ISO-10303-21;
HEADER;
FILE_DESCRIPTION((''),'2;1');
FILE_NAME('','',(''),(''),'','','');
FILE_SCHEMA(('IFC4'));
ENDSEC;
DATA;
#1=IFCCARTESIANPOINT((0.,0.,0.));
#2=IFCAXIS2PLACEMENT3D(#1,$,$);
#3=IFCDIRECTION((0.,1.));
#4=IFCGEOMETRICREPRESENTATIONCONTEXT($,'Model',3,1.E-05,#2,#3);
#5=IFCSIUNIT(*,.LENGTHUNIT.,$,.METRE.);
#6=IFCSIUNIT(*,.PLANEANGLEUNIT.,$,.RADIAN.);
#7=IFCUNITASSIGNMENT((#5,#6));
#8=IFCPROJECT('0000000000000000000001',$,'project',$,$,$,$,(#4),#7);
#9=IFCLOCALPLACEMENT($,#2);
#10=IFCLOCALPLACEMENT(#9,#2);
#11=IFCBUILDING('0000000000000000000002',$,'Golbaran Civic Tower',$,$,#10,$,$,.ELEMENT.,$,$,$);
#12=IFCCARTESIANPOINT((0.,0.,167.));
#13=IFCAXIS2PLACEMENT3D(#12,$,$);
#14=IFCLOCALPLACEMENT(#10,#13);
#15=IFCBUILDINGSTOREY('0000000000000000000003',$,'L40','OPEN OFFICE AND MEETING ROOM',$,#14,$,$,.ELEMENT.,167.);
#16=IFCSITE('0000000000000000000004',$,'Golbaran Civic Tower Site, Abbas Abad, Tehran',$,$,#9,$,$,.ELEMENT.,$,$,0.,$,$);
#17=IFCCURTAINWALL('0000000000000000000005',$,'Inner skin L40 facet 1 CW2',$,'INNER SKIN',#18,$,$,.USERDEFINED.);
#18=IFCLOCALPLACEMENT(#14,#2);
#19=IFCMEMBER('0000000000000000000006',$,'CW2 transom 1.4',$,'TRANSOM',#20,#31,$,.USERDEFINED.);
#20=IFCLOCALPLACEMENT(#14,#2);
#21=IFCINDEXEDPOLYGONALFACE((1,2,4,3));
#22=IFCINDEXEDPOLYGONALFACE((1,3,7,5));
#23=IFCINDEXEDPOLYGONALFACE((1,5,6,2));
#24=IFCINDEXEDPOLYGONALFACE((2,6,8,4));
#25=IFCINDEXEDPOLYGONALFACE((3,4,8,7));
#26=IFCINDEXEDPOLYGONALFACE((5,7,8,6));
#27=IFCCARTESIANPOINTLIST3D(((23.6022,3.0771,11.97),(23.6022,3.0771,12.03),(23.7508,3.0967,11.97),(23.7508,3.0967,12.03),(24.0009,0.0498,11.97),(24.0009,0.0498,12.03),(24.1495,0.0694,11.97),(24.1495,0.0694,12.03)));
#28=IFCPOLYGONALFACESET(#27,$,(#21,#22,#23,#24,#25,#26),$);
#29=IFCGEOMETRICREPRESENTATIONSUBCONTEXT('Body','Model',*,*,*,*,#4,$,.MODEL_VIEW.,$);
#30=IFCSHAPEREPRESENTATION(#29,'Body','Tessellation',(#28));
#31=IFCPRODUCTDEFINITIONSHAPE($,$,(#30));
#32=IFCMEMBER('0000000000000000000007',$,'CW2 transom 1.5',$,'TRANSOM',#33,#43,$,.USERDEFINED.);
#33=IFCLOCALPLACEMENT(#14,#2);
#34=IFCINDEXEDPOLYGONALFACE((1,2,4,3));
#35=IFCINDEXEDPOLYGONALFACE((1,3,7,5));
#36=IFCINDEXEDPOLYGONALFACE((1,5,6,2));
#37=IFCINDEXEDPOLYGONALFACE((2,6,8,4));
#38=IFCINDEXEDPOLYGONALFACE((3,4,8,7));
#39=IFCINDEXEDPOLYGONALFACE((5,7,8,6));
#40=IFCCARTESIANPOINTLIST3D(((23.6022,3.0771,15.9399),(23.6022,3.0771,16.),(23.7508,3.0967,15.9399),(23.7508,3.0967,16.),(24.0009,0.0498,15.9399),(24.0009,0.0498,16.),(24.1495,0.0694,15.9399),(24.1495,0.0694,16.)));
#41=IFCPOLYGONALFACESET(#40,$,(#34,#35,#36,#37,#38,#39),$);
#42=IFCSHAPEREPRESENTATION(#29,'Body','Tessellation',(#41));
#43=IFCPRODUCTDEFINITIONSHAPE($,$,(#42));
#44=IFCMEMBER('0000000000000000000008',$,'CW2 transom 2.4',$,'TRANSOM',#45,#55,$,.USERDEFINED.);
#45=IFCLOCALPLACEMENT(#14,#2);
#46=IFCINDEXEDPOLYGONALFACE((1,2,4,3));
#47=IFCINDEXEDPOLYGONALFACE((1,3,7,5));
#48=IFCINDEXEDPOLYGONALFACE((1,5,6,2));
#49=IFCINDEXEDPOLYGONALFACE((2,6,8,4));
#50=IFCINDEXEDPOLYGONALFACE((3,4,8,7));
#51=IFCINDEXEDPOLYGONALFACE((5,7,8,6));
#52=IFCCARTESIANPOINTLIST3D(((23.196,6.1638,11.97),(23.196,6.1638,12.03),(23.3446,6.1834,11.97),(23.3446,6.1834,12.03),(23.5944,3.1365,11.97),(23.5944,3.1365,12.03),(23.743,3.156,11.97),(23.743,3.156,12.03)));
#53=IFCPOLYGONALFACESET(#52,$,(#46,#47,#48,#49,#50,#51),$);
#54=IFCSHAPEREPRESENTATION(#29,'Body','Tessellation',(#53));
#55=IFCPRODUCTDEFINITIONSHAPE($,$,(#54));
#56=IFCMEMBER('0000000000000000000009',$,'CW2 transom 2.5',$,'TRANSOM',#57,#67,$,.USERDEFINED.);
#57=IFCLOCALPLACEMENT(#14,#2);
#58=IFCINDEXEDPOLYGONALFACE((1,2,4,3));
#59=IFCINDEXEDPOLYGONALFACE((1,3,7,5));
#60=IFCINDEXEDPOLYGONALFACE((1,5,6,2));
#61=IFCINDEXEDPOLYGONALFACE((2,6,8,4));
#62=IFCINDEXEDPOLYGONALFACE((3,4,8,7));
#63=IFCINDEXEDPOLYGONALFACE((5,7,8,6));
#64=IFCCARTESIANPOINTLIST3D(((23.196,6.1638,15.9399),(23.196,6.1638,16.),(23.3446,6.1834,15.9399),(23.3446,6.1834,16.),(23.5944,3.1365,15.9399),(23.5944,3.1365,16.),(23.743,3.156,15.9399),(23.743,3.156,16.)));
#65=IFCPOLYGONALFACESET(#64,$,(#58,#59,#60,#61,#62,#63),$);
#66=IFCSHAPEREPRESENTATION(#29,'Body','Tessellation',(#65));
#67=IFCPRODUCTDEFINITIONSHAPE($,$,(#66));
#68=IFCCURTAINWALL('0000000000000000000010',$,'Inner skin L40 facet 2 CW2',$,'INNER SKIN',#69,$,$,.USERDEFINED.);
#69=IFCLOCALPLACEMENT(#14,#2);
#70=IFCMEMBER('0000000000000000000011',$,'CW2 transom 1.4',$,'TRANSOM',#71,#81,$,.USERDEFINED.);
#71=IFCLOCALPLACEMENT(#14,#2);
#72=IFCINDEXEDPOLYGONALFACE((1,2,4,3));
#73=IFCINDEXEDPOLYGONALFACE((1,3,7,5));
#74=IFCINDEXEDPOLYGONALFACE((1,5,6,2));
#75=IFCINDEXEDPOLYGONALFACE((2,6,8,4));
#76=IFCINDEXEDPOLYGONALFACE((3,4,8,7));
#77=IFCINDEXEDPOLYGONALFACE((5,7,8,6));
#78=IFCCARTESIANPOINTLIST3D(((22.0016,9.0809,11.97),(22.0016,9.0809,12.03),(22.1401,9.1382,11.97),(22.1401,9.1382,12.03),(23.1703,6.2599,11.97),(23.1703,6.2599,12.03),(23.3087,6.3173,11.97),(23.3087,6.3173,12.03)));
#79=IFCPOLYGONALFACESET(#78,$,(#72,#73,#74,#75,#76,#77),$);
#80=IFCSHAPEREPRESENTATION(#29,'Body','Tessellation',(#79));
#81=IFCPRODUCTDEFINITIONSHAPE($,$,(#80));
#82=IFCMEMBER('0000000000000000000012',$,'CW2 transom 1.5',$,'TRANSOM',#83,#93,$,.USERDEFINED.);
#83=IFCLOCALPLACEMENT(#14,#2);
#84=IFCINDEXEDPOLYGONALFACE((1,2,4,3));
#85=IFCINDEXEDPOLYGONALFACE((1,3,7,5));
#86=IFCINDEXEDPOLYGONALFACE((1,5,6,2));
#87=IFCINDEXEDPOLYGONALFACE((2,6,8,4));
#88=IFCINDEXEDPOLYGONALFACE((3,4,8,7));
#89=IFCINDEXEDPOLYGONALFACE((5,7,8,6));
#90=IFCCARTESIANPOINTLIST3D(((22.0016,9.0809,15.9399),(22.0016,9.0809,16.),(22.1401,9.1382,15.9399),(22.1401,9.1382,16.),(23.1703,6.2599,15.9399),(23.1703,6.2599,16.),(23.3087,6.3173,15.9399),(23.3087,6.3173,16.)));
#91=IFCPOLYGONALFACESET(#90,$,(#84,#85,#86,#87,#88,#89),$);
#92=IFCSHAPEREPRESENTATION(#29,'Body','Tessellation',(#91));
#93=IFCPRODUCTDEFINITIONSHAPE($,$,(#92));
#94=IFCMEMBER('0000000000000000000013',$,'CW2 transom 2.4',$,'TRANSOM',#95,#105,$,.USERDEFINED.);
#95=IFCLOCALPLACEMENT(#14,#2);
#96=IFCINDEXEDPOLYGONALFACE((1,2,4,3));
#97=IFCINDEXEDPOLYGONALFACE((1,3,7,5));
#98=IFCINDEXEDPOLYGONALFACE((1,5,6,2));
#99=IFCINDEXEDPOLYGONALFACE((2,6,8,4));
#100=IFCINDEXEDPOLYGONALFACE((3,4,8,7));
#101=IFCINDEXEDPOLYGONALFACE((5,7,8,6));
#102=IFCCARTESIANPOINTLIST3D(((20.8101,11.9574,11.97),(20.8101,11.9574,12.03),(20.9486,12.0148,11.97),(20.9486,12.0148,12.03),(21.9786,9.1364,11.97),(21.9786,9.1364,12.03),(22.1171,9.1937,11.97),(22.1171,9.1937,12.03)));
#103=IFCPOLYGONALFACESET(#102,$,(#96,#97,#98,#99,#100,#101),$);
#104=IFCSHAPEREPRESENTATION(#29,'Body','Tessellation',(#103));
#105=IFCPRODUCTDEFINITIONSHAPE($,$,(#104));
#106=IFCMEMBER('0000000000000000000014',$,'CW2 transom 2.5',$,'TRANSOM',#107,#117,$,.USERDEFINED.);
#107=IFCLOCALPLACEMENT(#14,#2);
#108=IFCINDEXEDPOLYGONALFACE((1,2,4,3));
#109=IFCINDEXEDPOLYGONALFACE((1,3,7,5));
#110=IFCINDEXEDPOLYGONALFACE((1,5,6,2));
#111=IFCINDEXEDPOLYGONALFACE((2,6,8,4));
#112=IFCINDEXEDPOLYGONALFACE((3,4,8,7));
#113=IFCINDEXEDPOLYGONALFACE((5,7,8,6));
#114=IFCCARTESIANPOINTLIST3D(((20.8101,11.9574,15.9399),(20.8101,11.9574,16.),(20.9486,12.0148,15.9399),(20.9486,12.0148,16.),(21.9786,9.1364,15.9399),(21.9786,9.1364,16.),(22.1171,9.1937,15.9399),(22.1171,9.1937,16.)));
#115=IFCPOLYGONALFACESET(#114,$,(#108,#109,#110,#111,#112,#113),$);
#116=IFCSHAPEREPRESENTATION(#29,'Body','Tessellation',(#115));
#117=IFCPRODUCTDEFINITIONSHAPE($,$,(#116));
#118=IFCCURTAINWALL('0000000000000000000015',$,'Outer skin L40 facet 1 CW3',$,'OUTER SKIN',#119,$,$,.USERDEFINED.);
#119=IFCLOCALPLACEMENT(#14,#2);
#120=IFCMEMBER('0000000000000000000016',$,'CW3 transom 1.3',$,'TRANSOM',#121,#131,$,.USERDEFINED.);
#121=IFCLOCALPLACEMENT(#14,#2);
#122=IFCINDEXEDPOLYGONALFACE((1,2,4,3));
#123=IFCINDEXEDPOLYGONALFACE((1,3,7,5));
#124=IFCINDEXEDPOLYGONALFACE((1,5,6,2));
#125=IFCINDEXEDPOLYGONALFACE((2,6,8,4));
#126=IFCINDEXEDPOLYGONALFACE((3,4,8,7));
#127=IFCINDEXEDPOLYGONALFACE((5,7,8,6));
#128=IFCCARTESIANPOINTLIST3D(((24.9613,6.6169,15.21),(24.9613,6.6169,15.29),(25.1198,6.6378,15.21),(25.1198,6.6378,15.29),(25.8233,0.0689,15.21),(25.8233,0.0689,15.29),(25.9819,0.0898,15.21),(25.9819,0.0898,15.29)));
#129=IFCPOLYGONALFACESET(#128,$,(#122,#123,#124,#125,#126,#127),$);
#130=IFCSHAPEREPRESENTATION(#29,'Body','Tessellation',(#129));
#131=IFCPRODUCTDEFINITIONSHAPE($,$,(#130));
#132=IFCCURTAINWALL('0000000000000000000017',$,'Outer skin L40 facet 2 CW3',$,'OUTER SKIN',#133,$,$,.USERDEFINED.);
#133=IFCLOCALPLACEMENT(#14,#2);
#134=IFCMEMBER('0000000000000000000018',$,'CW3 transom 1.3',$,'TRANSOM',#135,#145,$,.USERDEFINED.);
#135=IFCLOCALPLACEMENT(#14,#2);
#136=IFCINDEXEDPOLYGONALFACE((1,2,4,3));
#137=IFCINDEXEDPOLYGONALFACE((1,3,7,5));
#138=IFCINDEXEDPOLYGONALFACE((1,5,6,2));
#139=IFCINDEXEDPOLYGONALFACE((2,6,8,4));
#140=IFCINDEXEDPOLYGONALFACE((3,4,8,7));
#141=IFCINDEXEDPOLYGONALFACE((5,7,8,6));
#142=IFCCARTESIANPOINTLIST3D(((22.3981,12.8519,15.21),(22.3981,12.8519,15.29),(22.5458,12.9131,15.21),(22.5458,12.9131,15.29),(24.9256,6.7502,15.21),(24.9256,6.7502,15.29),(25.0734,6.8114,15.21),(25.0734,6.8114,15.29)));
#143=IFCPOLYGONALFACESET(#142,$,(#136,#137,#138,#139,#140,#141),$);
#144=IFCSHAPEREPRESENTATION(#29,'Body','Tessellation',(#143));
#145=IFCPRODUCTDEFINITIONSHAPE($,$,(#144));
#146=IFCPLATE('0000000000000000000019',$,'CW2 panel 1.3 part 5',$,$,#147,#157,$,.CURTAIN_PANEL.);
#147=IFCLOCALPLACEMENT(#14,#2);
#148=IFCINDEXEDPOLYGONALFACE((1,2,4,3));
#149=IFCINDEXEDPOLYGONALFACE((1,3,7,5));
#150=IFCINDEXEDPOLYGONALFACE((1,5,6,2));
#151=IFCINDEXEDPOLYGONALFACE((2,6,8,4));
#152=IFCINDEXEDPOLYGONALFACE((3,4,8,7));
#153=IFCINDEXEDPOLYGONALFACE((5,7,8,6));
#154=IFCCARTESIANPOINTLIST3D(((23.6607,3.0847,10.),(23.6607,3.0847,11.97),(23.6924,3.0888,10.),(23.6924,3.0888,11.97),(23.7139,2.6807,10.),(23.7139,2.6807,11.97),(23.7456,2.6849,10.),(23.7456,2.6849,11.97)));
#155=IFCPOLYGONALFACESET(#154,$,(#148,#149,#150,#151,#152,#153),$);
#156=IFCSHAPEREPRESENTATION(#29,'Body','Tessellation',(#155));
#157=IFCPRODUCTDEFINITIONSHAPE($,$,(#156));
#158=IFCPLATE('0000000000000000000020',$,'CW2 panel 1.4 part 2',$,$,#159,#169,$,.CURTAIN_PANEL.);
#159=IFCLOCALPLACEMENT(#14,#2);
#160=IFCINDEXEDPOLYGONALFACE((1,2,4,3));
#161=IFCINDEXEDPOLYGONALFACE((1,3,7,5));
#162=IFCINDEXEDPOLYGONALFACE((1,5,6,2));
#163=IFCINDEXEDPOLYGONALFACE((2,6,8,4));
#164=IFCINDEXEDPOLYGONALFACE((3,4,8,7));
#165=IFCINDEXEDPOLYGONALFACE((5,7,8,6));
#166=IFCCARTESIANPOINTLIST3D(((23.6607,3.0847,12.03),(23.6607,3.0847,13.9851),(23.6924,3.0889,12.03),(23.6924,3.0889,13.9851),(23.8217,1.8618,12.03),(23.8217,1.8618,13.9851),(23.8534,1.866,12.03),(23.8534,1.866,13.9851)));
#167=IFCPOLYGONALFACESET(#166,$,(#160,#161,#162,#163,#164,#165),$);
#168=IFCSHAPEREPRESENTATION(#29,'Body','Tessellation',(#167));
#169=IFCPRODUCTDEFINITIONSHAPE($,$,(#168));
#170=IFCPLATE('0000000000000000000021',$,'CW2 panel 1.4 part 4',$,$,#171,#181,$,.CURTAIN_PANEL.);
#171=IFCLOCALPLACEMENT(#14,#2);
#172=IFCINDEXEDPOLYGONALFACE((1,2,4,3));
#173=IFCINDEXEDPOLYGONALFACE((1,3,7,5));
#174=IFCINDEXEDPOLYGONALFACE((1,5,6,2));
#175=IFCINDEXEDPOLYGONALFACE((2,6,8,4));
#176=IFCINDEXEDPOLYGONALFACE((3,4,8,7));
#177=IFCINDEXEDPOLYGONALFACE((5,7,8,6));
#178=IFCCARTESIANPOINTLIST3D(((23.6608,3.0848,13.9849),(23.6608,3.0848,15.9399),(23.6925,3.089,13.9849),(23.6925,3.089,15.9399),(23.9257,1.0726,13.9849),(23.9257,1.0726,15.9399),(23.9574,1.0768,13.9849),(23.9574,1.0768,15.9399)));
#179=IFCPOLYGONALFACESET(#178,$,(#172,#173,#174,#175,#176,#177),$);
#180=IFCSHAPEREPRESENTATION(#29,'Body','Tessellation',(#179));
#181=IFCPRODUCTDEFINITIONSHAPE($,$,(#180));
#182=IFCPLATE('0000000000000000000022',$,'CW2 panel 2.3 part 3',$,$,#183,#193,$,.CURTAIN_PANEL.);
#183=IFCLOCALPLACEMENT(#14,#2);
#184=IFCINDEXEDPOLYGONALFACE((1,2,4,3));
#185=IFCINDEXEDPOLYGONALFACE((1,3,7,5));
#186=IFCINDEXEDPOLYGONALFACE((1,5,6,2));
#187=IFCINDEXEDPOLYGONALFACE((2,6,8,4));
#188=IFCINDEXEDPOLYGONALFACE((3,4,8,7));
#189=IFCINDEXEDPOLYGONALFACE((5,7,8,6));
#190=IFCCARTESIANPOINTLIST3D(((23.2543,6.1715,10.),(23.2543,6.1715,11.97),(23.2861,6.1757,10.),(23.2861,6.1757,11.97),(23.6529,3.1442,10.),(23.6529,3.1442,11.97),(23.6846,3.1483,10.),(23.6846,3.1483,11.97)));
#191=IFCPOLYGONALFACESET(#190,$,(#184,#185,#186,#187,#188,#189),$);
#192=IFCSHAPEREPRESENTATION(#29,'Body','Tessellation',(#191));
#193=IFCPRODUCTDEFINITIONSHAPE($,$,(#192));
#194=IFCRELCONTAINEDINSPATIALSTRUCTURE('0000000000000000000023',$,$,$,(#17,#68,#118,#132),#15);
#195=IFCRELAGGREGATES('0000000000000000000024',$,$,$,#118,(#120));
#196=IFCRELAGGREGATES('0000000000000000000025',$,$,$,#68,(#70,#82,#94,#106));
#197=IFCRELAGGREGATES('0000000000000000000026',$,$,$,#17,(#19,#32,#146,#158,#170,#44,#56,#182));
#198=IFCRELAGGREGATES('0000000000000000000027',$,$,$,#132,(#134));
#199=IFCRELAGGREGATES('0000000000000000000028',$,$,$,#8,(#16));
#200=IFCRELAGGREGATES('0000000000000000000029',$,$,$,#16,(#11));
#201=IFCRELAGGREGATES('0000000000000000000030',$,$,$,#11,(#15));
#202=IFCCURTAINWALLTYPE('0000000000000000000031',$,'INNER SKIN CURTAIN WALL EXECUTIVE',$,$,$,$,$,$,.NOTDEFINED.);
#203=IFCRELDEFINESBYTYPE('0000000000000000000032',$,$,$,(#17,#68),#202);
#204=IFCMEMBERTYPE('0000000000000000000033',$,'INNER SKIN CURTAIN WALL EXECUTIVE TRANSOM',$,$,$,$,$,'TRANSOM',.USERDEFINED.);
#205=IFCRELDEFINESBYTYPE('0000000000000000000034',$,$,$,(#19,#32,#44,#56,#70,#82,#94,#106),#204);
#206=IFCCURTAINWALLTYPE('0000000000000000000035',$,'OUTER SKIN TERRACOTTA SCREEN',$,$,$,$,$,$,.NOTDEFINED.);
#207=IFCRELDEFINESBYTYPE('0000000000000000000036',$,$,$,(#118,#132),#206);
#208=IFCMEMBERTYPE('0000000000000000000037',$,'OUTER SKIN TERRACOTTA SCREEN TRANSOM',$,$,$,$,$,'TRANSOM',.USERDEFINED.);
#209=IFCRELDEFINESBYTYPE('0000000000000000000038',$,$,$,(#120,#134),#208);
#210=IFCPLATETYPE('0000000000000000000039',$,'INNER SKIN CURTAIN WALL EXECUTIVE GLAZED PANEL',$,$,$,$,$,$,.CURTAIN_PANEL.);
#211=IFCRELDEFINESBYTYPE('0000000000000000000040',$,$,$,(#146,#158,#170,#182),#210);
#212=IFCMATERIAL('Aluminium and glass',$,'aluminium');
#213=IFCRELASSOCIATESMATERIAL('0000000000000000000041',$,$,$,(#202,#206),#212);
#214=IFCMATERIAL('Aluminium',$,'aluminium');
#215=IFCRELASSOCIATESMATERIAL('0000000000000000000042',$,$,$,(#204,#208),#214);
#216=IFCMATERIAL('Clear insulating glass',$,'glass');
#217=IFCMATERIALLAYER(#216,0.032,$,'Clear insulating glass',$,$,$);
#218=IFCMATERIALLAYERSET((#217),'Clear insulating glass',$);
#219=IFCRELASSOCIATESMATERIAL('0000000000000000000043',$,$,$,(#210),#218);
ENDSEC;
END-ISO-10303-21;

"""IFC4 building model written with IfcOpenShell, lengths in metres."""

from ifc_helpers import new_model, si_unit, direction, frame, origin, origin_2d, place, context, subcontext, project, spatial, rectangle, extrude, material, layer, layer_set, material_profile, profile_set, type_object, element, aggregate, save


model = new_model("IFC4")

# Units and contexts
model_context = context("Model", 3, precision=1e-05, world=origin(), true_north=direction((0.0, 1.0)))
body_context = subcontext(model_context, "Body", "Model", "MODEL_VIEW")
ifc_project = project(units=[si_unit("LENGTHUNIT", "METRE"), si_unit("PLANEANGLEUNIT", "RADIAN")], contexts=[model_context])

# Site, building, storey
site_placement = place(None, origin())
site = spatial("IfcSite", under=ifc_project, at=site_placement, Name="Golbaran Civic Tower Site, Abbas Abad, Tehran", CompositionType="ELEMENT", RefElevation=0.0)
building_placement = place(site_placement, origin())
building = spatial("IfcBuilding", under=site, at=building_placement, Name="Golbaran Civic Tower", CompositionType="ELEMENT")
storey_placement = place(building_placement, frame((0.0, 0.0, 167.0)))
storey = spatial("IfcBuildingStorey", under=building, at=storey_placement, Name="L40", Description="OPEN OFFICE AND MEETING ROOM", CompositionType="ELEMENT", Elevation=167.0)

# Curtain walls, members
ifc_material_1 = material(Name="Aluminium and glass", Category="aluminium")
curtain_wall_type_1 = type_object("IfcCurtainWallType", Name="INNER SKIN CURTAIN WALL EXECUTIVE", PredefinedType="NOTDEFINED", material=ifc_material_1)
curtain_wall_1_placement = place(storey_placement, origin())
curtain_wall_1 = element("IfcCurtainWall", 1, at=curtain_wall_1_placement, inside=storey, type_object=curtain_wall_type_1, Name="Inner skin L40 facet 1 CW2", ObjectType="INNER SKIN", PredefinedType="USERDEFINED")
ifc_material_2 = material(Name="Aluminium", Category="aluminium")
ifc_material_profile_1 = material_profile(ifc_material_2, rectangle(XDim=0.1499, YDim=0.0601, at=origin_2d()), Name="INNER SKIN CURTAIN WALL EXECUTIVE TRANSOM")
ifc_profile_set_1 = profile_set([ifc_material_profile_1], Name="Aluminium")
member_type_1 = type_object("IfcMemberType", Name="INNER SKIN CURTAIN WALL EXECUTIVE TRANSOM", ElementType="TRANSOM", PredefinedType="USERDEFINED", material=ifc_profile_set_1)
member_1_placement = place(storey_placement, frame((24.0752, 0.0596, 12.0), z_axis=(-0.130566, 0.99144, 0.0), x_axis=(-0.99144, -0.130566, 0.0)))
member_1 = element("IfcMember", 2, at=member_1_placement, type_object=member_type_1, Name="CW2 transom 1.4", ObjectType="TRANSOM", PredefinedType="USERDEFINED", context=body_context, shape_type="SweptSolid", body=[
    extrude(rectangle(XDim=0.1499, YDim=0.0601, at=origin_2d()), origin(), (0.0, 0.0, 1.0), 3.0535),
])
member_2_placement = place(storey_placement, frame((24.0752, 0.0596, 15.97), z_axis=(-0.130566, 0.99144, 0.0), x_axis=(-0.99144, -0.130566, 0.0)))
member_2 = element("IfcMember", 3, at=member_2_placement, type_object=member_type_1, Name="CW2 transom 1.5", ObjectType="TRANSOM", PredefinedType="USERDEFINED", context=body_context, shape_type="SweptSolid", body=[
    extrude(rectangle(XDim=0.1499, YDim=0.0601, at=origin_2d()), origin(), (0.0, 0.0, 1.0), 3.0535),
])
member_3_placement = place(storey_placement, frame((23.6687, 3.1462, 12.0), z_axis=(-0.130488, 0.99145, 0.0), x_axis=(-0.99145, -0.130488, 0.0)))
member_3 = element("IfcMember", 4, at=member_3_placement, type_object=member_type_1, Name="CW2 transom 2.4", ObjectType="TRANSOM", PredefinedType="USERDEFINED", context=body_context, shape_type="SweptSolid", body=[
    extrude(rectangle(XDim=0.1499, YDim=0.0601, at=origin_2d()), origin(), (0.0, 0.0, 1.0), 3.0535),
])
member_4_placement = place(storey_placement, frame((23.6687, 3.1462, 15.97), z_axis=(-0.130488, 0.99145, 0.0), x_axis=(-0.99145, -0.130488, 0.0)))
member_4 = element("IfcMember", 5, at=member_4_placement, type_object=member_type_1, Name="CW2 transom 2.5", ObjectType="TRANSOM", PredefinedType="USERDEFINED", context=body_context, shape_type="SweptSolid", body=[
    extrude(rectangle(XDim=0.1499, YDim=0.0601, at=origin_2d()), origin(), (0.0, 0.0, 1.0), 3.0535),
])
curtain_wall_2_placement = place(storey_placement, origin())
curtain_wall_2 = element("IfcCurtainWall", 6, at=curtain_wall_2_placement, inside=storey, type_object=curtain_wall_type_1, Name="Inner skin L40 facet 2 CW2", ObjectType="INNER SKIN", PredefinedType="USERDEFINED")
member_5_placement = place(storey_placement, frame((23.2395, 6.2886, 12.0), z_axis=(-0.382735, 0.923858, 0.0), x_axis=(-0.923858, -0.382735, 0.0)))
member_5 = element("IfcMember", 7, at=member_5_placement, type_object=member_type_1, Name="CW2 transom 1.4", ObjectType="TRANSOM", PredefinedType="USERDEFINED", context=body_context, shape_type="SweptSolid", body=[
    extrude(rectangle(XDim=0.1499, YDim=0.0601, at=origin_2d()), origin(), (0.0, 0.0, 1.0), 3.0535),
])
member_6_placement = place(storey_placement, frame((23.2395, 6.2886, 15.97), z_axis=(-0.382735, 0.923858, 0.0), x_axis=(-0.923858, -0.382735, 0.0)))
member_6 = element("IfcMember", 8, at=member_6_placement, type_object=member_type_1, Name="CW2 transom 1.5", ObjectType="TRANSOM", PredefinedType="USERDEFINED", context=body_context, shape_type="SweptSolid", body=[
    extrude(rectangle(XDim=0.1499, YDim=0.0601, at=origin_2d()), origin(), (0.0, 0.0, 1.0), 3.0535),
])
member_7_placement = place(storey_placement, frame((22.0479, 9.165, 12.0), z_axis=(-0.382667, 0.923886, 0.0), x_axis=(-0.923886, -0.382667, 0.0)))
member_7 = element("IfcMember", 9, at=member_7_placement, type_object=member_type_1, Name="CW2 transom 2.4", ObjectType="TRANSOM", PredefinedType="USERDEFINED", context=body_context, shape_type="SweptSolid", body=[
    extrude(rectangle(XDim=0.1499, YDim=0.0601, at=origin_2d()), origin(), (0.0, 0.0, 1.0), 3.0535),
])
member_8_placement = place(storey_placement, frame((22.0479, 9.165, 15.97), z_axis=(-0.382667, 0.923886, 0.0), x_axis=(-0.923886, -0.382667, 0.0)))
member_8 = element("IfcMember", 10, at=member_8_placement, type_object=member_type_1, Name="CW2 transom 2.5", ObjectType="TRANSOM", PredefinedType="USERDEFINED", context=body_context, shape_type="SweptSolid", body=[
    extrude(rectangle(XDim=0.1499, YDim=0.0601, at=origin_2d()), origin(), (0.0, 0.0, 1.0), 3.0535),
])

# Curtain walls, members
curtain_wall_type_2 = type_object("IfcCurtainWallType", Name="OUTER SKIN TERRACOTTA SCREEN", PredefinedType="NOTDEFINED", material=ifc_material_1)
curtain_wall_3_placement = place(storey_placement, origin())
curtain_wall_3 = element("IfcCurtainWall", 11, at=curtain_wall_3_placement, inside=storey, type_object=curtain_wall_type_2, Name="Outer skin L40 facet 1 CW3", ObjectType="OUTER SKIN", PredefinedType="USERDEFINED")
ifc_material_profile_2 = material_profile(ifc_material_2, rectangle(XDim=0.1599, YDim=0.0801, at=origin_2d()), Name="OUTER SKIN TERRACOTTA SCREEN TRANSOM")
ifc_profile_set_2 = profile_set([ifc_material_profile_2], Name="Aluminium")
member_type_2 = type_object("IfcMemberType", Name="OUTER SKIN TERRACOTTA SCREEN TRANSOM", ElementType="TRANSOM", PredefinedType="USERDEFINED", material=ifc_profile_set_2)
member_9_placement = place(storey_placement, frame((25.9026, 0.0793, 15.25), z_axis=(-0.130524, 0.991445, 0.0), x_axis=(-0.991445, -0.130524, 0.0)))
member_9 = element("IfcMember", 12, at=member_9_placement, type_object=member_type_2, Name="CW3 transom 1.3", ObjectType="TRANSOM", PredefinedType="USERDEFINED", context=body_context, shape_type="SweptSolid", body=[
    extrude(rectangle(XDim=0.1599, YDim=0.0801, at=origin_2d()), origin(), (0.0, 0.0, 1.0), 6.6045),
])
aggregate(curtain_wall_3, [member_9])
curtain_wall_4_placement = place(storey_placement, origin())
curtain_wall_4 = element("IfcCurtainWall", 13, at=curtain_wall_4_placement, inside=storey, type_object=curtain_wall_type_2, Name="Outer skin L40 facet 2 CW3", ObjectType="OUTER SKIN", PredefinedType="USERDEFINED")
member_10_placement = place(storey_placement, frame((24.9995, 6.7808, 15.25), z_axis=(-0.382701, 0.923872, 0.0), x_axis=(-0.923872, -0.382701, 0.0)))
member_10 = element("IfcMember", 14, at=member_10_placement, type_object=member_type_2, Name="CW3 transom 1.3", ObjectType="TRANSOM", PredefinedType="USERDEFINED", context=body_context, shape_type="SweptSolid", body=[
    extrude(rectangle(XDim=0.1599, YDim=0.0801, at=origin_2d()), origin(), (0.0, 0.0, 1.0), 6.6045),
])

# Plates
ifc_material_3 = material(Name="Clear insulating glass", Category="glass")
ifc_layer_1 = layer(ifc_material_3, 0.032, Name="Clear insulating glass")
ifc_layer_set_1 = layer_set([ifc_layer_1], Name="Clear insulating glass")
plate_type_1 = type_object("IfcPlateType", Name="INNER SKIN CURTAIN WALL EXECUTIVE GLAZED PANEL", PredefinedType="CURTAIN_PANEL", material=ifc_layer_set_1)
plate_1_placement = place(storey_placement, frame((23.7031, 2.8848, 10.0), z_axis=(0.0, 0.0, 1.0), x_axis=(-0.130526, 0.991445, 0.0)))
plate_1 = element("IfcPlate", 15, at=plate_1_placement, type_object=plate_type_1, Name="CW2 panel 1.3 part 5", PredefinedType="CURTAIN_PANEL", context=body_context, shape_type="SweptSolid", body=[
    extrude(rectangle(XDim=0.4075, YDim=0.032, at=origin_2d()), origin(), (0.0, 0.0, 1.0), 1.97),
])
plate_2_placement = place(storey_placement, frame((23.7571, 2.4753, 12.03), z_axis=(0.0, 0.0, 1.0), x_axis=(-0.130526, 0.991445, 0.0)))
plate_2 = element("IfcPlate", 16, at=plate_2_placement, type_object=plate_type_1, Name="CW2 panel 1.4 part 2", PredefinedType="CURTAIN_PANEL", context=body_context, shape_type="SweptSolid", body=[
    extrude(rectangle(XDim=1.2334, YDim=0.032, at=origin_2d()), origin(), (0.0, 0.0, 1.0), 1.9551),
])
plate_3_placement = place(storey_placement, frame((23.8091, 2.0808, 13.9849), z_axis=(0.0, 0.0, 1.0), x_axis=(-0.130526, 0.991445, 0.0)))
plate_3 = element("IfcPlate", 17, at=plate_3_placement, type_object=plate_type_1, Name="CW2 panel 1.4 part 4", PredefinedType="CURTAIN_PANEL", context=body_context, shape_type="SweptSolid", body=[
    extrude(rectangle(XDim=2.0295, YDim=0.032, at=origin_2d()), origin(), (0.0, 0.0, 1.0), 1.9551),
])
plate_4_placement = place(storey_placement, frame((23.4695, 4.6599, 10.0), z_axis=(0.0, 0.0, 1.0), x_axis=(-0.130526, 0.991445, 0.0)))
plate_4 = element("IfcPlate", 18, at=plate_4_placement, type_object=plate_type_1, Name="CW2 panel 2.3 part 3", PredefinedType="CURTAIN_PANEL", context=body_context, shape_type="SweptSolid", body=[
    extrude(rectangle(XDim=3.0535, YDim=0.032, at=origin_2d()), origin(), (0.0, 0.0, 1.0), 1.97),
])
aggregate(curtain_wall_2, [member_5, member_6, member_7, member_8])
aggregate(curtain_wall_1, [member_1, member_2, plate_1, plate_2, plate_3, member_3, member_4, plate_4])
aggregate(curtain_wall_4, [member_10])

save(model, "model.ifc")
